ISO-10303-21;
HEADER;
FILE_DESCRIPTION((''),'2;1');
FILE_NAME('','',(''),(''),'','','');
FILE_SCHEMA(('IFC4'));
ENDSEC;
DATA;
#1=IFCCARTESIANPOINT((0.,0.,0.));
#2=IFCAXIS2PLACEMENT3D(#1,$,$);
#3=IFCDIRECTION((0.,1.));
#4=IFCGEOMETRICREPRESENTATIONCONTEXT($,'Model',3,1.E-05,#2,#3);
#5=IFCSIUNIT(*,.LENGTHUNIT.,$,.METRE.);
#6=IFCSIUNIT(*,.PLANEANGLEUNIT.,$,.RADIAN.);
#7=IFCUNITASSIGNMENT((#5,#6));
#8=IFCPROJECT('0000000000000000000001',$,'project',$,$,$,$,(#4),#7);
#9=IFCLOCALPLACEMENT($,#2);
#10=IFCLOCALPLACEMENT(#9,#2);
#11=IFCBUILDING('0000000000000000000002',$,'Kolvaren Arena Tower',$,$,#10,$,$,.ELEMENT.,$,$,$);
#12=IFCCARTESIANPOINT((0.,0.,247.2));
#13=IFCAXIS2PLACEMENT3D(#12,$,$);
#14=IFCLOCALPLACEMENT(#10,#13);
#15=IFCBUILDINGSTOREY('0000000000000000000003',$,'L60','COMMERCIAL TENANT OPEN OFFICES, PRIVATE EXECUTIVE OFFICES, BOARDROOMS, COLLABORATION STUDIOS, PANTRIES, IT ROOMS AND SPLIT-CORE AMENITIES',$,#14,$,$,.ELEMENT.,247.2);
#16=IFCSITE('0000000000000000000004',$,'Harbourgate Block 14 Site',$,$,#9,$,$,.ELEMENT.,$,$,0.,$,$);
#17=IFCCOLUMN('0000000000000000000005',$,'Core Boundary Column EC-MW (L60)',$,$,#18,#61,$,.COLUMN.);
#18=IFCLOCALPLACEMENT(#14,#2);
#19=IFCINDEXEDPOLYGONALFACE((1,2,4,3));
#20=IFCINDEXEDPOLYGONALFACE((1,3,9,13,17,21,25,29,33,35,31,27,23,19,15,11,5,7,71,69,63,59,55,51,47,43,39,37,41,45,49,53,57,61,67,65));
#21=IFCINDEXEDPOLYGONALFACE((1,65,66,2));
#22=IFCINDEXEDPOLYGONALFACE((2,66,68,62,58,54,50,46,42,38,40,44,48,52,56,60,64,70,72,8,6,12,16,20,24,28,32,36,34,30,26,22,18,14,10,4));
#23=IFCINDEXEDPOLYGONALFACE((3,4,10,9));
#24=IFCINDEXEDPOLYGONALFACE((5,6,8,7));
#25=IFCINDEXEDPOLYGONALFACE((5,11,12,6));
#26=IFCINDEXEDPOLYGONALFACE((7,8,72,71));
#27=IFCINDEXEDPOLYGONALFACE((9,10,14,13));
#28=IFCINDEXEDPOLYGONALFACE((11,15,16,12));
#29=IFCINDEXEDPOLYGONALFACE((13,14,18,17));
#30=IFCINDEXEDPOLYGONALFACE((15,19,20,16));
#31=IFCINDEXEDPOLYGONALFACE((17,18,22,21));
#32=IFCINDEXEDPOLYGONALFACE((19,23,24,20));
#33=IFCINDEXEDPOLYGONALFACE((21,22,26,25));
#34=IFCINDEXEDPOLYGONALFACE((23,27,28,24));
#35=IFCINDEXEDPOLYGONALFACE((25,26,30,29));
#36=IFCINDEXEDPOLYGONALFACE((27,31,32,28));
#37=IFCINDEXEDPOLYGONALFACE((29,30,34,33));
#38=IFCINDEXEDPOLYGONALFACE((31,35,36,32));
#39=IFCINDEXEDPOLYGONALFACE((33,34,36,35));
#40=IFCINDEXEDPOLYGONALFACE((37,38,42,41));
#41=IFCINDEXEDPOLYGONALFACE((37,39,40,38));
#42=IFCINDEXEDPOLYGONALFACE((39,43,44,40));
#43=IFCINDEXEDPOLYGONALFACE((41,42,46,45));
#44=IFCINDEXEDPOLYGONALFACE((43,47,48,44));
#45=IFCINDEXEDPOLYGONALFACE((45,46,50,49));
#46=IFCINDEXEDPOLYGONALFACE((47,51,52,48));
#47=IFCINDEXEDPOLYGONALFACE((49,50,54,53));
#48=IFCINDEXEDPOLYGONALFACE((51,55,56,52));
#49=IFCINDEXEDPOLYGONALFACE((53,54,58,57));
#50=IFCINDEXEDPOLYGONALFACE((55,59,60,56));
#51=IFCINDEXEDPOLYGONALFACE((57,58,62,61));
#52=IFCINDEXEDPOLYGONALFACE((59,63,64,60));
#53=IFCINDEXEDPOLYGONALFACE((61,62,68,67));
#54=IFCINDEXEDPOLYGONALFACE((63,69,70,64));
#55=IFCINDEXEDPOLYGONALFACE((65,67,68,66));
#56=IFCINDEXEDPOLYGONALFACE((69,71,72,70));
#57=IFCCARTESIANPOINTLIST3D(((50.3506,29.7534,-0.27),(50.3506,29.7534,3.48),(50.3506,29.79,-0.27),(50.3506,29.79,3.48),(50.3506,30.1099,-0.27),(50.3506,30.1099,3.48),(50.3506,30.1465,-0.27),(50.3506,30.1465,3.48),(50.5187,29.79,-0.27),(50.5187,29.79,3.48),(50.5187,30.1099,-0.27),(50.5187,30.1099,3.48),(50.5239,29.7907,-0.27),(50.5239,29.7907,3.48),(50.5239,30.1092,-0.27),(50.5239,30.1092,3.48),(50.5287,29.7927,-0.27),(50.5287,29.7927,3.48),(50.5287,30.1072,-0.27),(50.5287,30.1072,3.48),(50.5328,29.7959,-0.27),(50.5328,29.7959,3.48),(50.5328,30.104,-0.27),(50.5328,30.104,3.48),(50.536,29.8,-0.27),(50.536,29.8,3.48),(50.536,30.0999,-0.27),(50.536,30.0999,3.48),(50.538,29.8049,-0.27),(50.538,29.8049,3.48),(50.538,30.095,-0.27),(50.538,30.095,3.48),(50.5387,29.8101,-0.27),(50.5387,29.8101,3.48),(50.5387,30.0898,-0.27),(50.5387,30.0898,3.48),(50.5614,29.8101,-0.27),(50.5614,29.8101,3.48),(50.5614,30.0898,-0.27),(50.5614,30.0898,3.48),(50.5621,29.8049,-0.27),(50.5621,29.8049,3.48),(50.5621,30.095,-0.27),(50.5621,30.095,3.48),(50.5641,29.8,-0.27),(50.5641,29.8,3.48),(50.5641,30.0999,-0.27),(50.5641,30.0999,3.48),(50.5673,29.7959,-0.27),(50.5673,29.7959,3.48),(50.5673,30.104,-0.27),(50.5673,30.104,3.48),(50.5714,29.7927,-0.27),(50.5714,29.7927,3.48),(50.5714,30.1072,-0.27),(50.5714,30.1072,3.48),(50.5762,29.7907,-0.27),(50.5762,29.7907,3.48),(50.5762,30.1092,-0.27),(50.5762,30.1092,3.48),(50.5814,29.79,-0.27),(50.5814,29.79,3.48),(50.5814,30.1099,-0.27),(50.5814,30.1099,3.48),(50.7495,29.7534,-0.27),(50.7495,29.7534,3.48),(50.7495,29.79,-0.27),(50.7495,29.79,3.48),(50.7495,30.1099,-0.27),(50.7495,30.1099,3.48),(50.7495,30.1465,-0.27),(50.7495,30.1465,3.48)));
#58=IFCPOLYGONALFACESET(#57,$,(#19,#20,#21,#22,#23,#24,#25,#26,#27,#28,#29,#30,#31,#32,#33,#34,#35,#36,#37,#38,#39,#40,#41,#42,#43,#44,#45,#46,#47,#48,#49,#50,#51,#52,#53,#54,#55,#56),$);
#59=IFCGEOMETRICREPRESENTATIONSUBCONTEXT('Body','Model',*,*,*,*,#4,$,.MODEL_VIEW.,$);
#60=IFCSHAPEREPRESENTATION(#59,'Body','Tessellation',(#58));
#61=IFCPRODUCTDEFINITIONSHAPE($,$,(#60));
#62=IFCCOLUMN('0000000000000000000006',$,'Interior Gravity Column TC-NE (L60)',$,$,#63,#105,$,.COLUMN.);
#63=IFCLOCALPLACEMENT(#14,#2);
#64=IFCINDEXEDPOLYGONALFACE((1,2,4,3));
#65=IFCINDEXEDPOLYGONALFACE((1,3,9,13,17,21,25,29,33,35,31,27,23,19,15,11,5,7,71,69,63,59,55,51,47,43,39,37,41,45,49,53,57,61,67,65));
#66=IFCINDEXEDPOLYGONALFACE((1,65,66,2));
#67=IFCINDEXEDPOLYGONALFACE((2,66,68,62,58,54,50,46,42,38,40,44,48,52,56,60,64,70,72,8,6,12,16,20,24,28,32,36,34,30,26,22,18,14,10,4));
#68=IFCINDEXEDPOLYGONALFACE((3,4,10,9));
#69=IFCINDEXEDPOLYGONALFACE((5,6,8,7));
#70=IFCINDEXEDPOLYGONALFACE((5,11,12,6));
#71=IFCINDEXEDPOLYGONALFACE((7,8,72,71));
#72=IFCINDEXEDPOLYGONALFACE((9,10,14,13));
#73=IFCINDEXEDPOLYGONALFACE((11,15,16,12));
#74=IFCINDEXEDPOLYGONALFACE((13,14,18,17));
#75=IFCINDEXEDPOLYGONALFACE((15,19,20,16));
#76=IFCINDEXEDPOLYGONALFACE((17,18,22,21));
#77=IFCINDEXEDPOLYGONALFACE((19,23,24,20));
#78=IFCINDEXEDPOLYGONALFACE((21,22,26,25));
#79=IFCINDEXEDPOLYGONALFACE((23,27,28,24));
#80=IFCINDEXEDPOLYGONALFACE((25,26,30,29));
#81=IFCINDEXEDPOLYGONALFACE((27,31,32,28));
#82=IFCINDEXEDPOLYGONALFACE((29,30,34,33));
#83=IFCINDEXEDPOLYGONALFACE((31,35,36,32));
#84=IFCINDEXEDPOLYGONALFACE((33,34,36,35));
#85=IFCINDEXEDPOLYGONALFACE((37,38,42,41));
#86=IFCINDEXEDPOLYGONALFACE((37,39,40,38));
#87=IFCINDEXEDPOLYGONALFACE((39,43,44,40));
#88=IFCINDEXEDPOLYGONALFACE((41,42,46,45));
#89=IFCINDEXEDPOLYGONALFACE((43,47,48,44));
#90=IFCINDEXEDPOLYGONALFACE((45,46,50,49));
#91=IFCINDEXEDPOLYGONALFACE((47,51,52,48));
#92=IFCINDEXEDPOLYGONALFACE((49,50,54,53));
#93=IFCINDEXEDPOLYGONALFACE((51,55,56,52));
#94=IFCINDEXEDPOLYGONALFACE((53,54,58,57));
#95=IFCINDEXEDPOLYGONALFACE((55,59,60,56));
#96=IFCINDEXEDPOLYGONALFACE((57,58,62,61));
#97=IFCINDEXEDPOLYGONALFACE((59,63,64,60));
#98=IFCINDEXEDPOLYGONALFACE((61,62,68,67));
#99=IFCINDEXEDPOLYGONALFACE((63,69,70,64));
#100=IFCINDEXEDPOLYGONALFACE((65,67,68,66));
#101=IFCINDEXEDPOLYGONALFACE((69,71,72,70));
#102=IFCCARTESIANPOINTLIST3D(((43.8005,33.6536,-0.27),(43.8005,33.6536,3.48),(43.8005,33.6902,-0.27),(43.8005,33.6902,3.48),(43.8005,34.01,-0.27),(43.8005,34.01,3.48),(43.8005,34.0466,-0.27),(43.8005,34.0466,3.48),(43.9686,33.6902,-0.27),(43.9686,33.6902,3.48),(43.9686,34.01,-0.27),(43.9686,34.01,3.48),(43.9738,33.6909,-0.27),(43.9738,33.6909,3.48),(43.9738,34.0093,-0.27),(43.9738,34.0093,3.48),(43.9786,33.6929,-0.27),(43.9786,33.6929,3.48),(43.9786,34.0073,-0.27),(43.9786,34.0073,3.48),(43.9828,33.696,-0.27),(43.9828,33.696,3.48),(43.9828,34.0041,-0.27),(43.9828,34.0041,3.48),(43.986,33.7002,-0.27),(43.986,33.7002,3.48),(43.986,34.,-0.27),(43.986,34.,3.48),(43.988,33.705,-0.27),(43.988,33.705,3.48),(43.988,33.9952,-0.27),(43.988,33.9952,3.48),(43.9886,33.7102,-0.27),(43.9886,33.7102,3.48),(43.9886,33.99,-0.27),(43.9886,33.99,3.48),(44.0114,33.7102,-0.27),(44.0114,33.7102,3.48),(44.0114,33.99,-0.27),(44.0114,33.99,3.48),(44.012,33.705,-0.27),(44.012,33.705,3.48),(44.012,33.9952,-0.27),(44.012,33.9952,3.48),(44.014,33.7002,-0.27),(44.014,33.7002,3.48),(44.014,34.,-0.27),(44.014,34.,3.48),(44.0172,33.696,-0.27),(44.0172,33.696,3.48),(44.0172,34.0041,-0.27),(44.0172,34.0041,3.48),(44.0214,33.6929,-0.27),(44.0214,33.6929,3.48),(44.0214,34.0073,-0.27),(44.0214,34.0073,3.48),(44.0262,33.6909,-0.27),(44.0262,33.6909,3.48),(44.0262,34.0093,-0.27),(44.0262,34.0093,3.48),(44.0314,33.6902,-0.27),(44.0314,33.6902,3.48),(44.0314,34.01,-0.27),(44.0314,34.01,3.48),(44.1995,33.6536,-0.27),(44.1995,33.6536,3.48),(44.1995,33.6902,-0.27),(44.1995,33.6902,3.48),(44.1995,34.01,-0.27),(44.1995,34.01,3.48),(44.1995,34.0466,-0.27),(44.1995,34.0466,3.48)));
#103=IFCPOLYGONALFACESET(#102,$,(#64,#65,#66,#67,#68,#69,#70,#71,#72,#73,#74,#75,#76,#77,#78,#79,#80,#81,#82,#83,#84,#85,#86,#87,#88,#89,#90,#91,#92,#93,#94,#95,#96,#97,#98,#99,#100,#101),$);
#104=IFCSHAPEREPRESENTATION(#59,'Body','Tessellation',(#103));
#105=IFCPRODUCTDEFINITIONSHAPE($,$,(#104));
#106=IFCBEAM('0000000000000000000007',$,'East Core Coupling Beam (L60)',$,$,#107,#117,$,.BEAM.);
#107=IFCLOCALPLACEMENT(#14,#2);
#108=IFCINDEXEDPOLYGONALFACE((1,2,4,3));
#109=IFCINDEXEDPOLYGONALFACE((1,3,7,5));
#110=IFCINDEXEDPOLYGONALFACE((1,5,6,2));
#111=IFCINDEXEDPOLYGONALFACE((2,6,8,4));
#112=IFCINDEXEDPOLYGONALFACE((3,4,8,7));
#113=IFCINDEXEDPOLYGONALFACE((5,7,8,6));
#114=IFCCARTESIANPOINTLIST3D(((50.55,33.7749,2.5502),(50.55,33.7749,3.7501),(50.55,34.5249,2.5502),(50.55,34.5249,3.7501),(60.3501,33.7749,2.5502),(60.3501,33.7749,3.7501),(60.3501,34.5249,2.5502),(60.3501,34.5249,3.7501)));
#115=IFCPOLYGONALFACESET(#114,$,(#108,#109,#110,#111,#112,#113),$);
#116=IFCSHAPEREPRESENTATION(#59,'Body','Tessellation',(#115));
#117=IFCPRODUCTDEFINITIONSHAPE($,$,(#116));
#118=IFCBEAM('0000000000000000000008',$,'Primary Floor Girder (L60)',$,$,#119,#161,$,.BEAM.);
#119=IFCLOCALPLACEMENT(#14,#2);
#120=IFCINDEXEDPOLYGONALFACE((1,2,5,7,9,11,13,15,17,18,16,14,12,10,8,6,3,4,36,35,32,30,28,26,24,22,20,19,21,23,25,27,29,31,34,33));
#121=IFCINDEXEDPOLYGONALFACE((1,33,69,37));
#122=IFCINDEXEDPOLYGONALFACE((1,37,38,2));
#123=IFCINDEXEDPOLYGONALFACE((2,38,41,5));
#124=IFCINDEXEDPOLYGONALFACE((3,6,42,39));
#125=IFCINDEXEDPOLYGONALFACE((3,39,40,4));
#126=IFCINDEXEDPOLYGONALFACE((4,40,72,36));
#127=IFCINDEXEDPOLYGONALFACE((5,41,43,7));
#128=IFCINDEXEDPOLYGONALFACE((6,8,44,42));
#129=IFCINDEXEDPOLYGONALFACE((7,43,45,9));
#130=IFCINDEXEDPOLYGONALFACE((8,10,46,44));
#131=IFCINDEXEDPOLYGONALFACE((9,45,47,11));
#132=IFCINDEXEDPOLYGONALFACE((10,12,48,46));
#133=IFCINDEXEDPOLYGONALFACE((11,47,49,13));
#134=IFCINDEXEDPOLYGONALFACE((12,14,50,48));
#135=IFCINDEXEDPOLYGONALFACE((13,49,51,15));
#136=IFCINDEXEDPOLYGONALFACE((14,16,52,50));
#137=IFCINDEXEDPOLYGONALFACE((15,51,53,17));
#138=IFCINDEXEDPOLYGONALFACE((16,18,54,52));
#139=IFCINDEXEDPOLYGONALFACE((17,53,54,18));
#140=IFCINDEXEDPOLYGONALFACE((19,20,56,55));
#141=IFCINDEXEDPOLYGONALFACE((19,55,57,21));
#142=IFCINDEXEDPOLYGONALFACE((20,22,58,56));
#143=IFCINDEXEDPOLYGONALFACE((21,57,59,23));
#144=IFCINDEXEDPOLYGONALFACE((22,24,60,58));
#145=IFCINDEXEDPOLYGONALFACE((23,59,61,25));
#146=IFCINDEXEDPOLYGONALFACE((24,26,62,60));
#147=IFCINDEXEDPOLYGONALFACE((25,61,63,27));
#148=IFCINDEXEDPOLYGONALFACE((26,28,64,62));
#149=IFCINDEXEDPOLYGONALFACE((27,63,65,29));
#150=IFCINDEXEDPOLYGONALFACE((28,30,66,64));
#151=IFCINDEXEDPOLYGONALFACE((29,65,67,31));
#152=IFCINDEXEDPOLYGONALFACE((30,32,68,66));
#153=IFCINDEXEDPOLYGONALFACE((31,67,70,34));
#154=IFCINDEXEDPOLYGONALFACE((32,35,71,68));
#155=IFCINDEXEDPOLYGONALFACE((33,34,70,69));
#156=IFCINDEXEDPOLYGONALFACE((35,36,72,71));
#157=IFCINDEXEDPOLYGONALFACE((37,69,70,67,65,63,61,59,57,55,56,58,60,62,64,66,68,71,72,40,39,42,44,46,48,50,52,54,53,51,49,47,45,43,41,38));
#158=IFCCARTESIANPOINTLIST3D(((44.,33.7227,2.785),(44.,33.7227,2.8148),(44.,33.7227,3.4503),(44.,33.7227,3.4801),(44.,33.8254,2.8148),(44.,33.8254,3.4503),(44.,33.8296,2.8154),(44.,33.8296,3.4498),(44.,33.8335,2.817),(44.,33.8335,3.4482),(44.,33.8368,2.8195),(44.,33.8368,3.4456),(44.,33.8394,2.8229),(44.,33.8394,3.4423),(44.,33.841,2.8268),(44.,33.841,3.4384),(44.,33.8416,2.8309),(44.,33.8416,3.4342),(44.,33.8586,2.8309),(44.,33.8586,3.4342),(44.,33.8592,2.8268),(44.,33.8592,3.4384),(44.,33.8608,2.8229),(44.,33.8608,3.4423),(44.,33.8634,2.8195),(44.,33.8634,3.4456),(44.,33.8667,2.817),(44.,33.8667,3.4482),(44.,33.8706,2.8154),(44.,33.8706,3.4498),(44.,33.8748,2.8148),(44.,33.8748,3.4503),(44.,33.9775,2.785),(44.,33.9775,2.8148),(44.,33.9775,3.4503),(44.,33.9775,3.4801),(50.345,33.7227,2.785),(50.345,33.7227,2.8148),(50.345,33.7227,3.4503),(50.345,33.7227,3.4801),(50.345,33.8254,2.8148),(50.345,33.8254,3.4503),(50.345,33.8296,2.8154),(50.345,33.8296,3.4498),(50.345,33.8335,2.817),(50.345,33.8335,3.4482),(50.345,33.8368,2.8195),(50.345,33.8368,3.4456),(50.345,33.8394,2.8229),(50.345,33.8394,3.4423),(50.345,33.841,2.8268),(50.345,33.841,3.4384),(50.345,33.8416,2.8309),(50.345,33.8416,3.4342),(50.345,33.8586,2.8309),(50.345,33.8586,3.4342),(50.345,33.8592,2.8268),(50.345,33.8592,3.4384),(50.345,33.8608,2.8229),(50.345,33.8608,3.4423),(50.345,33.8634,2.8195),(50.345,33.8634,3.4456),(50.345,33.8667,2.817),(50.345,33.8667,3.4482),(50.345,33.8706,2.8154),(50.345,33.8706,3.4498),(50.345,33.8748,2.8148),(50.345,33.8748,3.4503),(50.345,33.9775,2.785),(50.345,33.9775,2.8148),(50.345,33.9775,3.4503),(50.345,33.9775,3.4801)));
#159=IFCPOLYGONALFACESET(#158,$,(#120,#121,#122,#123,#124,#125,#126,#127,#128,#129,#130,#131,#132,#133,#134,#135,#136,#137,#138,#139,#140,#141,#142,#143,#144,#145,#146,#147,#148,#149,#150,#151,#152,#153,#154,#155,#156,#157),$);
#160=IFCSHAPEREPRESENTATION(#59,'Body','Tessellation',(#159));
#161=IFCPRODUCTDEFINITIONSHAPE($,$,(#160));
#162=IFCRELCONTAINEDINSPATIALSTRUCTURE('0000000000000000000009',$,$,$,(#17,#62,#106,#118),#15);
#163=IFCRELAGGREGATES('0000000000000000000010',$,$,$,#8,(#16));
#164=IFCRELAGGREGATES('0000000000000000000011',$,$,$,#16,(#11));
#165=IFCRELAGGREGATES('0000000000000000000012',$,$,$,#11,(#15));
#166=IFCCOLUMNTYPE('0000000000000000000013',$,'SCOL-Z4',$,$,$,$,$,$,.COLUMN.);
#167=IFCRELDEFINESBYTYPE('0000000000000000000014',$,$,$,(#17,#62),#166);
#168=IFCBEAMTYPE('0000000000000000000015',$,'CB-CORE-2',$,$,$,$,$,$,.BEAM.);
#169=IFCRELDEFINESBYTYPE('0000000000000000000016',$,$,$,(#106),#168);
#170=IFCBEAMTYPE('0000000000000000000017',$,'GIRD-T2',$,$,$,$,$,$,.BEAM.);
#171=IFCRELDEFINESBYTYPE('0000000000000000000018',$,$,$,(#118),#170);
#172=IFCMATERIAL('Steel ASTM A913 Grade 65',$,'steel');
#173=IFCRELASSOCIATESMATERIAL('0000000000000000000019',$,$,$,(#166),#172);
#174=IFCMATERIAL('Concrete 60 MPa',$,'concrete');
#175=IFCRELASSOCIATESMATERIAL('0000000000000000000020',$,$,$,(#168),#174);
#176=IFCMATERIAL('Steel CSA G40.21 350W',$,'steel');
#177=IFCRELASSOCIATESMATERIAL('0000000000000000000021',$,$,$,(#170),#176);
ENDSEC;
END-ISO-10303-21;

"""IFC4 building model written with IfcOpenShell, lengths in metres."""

from ifc_helpers import new_model, si_unit, direction, frame, origin, origin_2d, place, context, subcontext, project, spatial, rectangle, i_section, extrude, material, material_profile, profile_set, type_object, element, save


model = new_model("IFC4")

# Units and contexts
model_context = context("Model", 3, precision=1e-05, world=origin(), true_north=direction((0.0, 1.0)))
body_context = subcontext(model_context, "Body", "Model", "MODEL_VIEW")
ifc_project = project(units=[si_unit("LENGTHUNIT", "METRE"), si_unit("PLANEANGLEUNIT", "RADIAN")], contexts=[model_context])

# Site, building, storey
site_placement = place(None, origin())
site = spatial("IfcSite", under=ifc_project, at=site_placement, Name="Harbourgate Block 14 Site", CompositionType="ELEMENT", RefElevation=0.0)
building_placement = place(site_placement, origin())
building = spatial("IfcBuilding", under=site, at=building_placement, Name="Kolvaren Arena Tower", CompositionType="ELEMENT")
storey_placement = place(building_placement, frame((0.0, 0.0, 247.2)))
storey = spatial("IfcBuildingStorey", under=building, at=storey_placement, Name="L60", Description="COMMERCIAL TENANT OPEN OFFICES, PRIVATE EXECUTIVE OFFICES, BOARDROOMS, COLLABORATION STUDIOS, PANTRIES, IT ROOMS AND SPLIT-CORE AMENITIES", CompositionType="ELEMENT", Elevation=247.2)

# Columns
ifc_material_1 = material(Name="Steel ASTM A913 Grade 65", Category="steel")
ifc_material_profile_1 = material_profile(ifc_material_1, i_section(OverallWidth=0.3989, OverallDepth=0.3931, WebThickness=0.0227, FlangeThickness=0.0366, FilletRadius=0.02, at=origin_2d()), Name="W360x287")
ifc_profile_set_1 = profile_set([ifc_material_profile_1], Name="Steel ASTM A913 Grade 65")
column_type = type_object("IfcColumnType", Name="SCOL-Z4", PredefinedType="COLUMN", material=ifc_profile_set_1)
for number, where, z_axis, x_axis, name in (
    (1, (50.55, 29.95, -0.27), (0.0, 0.0, 1.0), (1.0, 0.0, 0.0), "Core Boundary Column EC-MW (L60)"),
    (2, (44.0, 33.8501, -0.27), (0.0, 0.0, 1.0), (1.0, 0.0, 0.0), "Interior Gravity Column TC-NE (L60)"),
):
    element("IfcColumn", number, at=place(storey_placement, frame(where, z_axis=z_axis, x_axis=x_axis)), inside=storey, type_object=column_type, Name=name, PredefinedType="COLUMN", context=body_context, shape_type="SweptSolid", body=[
        extrude(i_section(OverallWidth=0.3989, OverallDepth=0.3931, WebThickness=0.0227, FlangeThickness=0.0366, FilletRadius=0.02, at=origin_2d()), origin(), (0.0, 0.0, 1.0), 3.75),
    ])

# Beams
ifc_material_2 = material(Name="Concrete 60 MPa", Category="concrete")
ifc_material_profile_2 = material_profile(ifc_material_2, rectangle(XDim=0.75, YDim=1.2, at=origin_2d()), Name="RC-750x1200")
ifc_profile_set_2 = profile_set([ifc_material_profile_2], Name="Concrete 60 MPa")
beam_type_1 = type_object("IfcBeamType", Name="CB-CORE-2", PredefinedType="BEAM", material=ifc_profile_set_2)
beam_1_placement = place(storey_placement, frame((50.55, 34.1499, 3.1501), z_axis=(1.0, 0.0, 0.0), x_axis=(0.0, 1.0, 0.0)))
element("IfcBeam", 3, at=beam_1_placement, inside=storey, type_object=beam_type_1, Name="East Core Coupling Beam (L60)", PredefinedType="BEAM", context=body_context, shape_type="SweptSolid", body=[
    extrude(rectangle(XDim=0.75, YDim=1.2, at=origin_2d()), origin(), (0.0, 0.0, 1.0), 9.8),
])
ifc_material_3 = material(Name="Steel CSA G40.21 350W", Category="steel")
ifc_material_profile_3 = material_profile(ifc_material_3, i_section(OverallWidth=0.2549, OverallDepth=0.6951, WebThickness=0.0171, FlangeThickness=0.0298, FilletRadius=0.0161, at=origin_2d()), Name="W690x217")
ifc_profile_set_3 = profile_set([ifc_material_profile_3], Name="Steel CSA G40.21 350W")
beam_type_2 = type_object("IfcBeamType", Name="GIRD-T2", PredefinedType="BEAM", material=ifc_profile_set_3)
beam_2_placement = place(storey_placement, frame((44.0, 33.8501, 3.1326), z_axis=(1.0, 0.0, 0.0), x_axis=(0.0, 1.0, 0.0)))
element("IfcBeam", 4, at=beam_2_placement, inside=storey, type_object=beam_type_2, Name="Primary Floor Girder (L60)", PredefinedType="BEAM", context=body_context, shape_type="SweptSolid", body=[
    extrude(i_section(OverallWidth=0.2549, OverallDepth=0.6951, WebThickness=0.0171, FlangeThickness=0.0298, FilletRadius=0.0161, at=origin_2d()), origin(), (0.0, 0.0, 1.0), 6.345),
])

save(model, "model.ifc")
